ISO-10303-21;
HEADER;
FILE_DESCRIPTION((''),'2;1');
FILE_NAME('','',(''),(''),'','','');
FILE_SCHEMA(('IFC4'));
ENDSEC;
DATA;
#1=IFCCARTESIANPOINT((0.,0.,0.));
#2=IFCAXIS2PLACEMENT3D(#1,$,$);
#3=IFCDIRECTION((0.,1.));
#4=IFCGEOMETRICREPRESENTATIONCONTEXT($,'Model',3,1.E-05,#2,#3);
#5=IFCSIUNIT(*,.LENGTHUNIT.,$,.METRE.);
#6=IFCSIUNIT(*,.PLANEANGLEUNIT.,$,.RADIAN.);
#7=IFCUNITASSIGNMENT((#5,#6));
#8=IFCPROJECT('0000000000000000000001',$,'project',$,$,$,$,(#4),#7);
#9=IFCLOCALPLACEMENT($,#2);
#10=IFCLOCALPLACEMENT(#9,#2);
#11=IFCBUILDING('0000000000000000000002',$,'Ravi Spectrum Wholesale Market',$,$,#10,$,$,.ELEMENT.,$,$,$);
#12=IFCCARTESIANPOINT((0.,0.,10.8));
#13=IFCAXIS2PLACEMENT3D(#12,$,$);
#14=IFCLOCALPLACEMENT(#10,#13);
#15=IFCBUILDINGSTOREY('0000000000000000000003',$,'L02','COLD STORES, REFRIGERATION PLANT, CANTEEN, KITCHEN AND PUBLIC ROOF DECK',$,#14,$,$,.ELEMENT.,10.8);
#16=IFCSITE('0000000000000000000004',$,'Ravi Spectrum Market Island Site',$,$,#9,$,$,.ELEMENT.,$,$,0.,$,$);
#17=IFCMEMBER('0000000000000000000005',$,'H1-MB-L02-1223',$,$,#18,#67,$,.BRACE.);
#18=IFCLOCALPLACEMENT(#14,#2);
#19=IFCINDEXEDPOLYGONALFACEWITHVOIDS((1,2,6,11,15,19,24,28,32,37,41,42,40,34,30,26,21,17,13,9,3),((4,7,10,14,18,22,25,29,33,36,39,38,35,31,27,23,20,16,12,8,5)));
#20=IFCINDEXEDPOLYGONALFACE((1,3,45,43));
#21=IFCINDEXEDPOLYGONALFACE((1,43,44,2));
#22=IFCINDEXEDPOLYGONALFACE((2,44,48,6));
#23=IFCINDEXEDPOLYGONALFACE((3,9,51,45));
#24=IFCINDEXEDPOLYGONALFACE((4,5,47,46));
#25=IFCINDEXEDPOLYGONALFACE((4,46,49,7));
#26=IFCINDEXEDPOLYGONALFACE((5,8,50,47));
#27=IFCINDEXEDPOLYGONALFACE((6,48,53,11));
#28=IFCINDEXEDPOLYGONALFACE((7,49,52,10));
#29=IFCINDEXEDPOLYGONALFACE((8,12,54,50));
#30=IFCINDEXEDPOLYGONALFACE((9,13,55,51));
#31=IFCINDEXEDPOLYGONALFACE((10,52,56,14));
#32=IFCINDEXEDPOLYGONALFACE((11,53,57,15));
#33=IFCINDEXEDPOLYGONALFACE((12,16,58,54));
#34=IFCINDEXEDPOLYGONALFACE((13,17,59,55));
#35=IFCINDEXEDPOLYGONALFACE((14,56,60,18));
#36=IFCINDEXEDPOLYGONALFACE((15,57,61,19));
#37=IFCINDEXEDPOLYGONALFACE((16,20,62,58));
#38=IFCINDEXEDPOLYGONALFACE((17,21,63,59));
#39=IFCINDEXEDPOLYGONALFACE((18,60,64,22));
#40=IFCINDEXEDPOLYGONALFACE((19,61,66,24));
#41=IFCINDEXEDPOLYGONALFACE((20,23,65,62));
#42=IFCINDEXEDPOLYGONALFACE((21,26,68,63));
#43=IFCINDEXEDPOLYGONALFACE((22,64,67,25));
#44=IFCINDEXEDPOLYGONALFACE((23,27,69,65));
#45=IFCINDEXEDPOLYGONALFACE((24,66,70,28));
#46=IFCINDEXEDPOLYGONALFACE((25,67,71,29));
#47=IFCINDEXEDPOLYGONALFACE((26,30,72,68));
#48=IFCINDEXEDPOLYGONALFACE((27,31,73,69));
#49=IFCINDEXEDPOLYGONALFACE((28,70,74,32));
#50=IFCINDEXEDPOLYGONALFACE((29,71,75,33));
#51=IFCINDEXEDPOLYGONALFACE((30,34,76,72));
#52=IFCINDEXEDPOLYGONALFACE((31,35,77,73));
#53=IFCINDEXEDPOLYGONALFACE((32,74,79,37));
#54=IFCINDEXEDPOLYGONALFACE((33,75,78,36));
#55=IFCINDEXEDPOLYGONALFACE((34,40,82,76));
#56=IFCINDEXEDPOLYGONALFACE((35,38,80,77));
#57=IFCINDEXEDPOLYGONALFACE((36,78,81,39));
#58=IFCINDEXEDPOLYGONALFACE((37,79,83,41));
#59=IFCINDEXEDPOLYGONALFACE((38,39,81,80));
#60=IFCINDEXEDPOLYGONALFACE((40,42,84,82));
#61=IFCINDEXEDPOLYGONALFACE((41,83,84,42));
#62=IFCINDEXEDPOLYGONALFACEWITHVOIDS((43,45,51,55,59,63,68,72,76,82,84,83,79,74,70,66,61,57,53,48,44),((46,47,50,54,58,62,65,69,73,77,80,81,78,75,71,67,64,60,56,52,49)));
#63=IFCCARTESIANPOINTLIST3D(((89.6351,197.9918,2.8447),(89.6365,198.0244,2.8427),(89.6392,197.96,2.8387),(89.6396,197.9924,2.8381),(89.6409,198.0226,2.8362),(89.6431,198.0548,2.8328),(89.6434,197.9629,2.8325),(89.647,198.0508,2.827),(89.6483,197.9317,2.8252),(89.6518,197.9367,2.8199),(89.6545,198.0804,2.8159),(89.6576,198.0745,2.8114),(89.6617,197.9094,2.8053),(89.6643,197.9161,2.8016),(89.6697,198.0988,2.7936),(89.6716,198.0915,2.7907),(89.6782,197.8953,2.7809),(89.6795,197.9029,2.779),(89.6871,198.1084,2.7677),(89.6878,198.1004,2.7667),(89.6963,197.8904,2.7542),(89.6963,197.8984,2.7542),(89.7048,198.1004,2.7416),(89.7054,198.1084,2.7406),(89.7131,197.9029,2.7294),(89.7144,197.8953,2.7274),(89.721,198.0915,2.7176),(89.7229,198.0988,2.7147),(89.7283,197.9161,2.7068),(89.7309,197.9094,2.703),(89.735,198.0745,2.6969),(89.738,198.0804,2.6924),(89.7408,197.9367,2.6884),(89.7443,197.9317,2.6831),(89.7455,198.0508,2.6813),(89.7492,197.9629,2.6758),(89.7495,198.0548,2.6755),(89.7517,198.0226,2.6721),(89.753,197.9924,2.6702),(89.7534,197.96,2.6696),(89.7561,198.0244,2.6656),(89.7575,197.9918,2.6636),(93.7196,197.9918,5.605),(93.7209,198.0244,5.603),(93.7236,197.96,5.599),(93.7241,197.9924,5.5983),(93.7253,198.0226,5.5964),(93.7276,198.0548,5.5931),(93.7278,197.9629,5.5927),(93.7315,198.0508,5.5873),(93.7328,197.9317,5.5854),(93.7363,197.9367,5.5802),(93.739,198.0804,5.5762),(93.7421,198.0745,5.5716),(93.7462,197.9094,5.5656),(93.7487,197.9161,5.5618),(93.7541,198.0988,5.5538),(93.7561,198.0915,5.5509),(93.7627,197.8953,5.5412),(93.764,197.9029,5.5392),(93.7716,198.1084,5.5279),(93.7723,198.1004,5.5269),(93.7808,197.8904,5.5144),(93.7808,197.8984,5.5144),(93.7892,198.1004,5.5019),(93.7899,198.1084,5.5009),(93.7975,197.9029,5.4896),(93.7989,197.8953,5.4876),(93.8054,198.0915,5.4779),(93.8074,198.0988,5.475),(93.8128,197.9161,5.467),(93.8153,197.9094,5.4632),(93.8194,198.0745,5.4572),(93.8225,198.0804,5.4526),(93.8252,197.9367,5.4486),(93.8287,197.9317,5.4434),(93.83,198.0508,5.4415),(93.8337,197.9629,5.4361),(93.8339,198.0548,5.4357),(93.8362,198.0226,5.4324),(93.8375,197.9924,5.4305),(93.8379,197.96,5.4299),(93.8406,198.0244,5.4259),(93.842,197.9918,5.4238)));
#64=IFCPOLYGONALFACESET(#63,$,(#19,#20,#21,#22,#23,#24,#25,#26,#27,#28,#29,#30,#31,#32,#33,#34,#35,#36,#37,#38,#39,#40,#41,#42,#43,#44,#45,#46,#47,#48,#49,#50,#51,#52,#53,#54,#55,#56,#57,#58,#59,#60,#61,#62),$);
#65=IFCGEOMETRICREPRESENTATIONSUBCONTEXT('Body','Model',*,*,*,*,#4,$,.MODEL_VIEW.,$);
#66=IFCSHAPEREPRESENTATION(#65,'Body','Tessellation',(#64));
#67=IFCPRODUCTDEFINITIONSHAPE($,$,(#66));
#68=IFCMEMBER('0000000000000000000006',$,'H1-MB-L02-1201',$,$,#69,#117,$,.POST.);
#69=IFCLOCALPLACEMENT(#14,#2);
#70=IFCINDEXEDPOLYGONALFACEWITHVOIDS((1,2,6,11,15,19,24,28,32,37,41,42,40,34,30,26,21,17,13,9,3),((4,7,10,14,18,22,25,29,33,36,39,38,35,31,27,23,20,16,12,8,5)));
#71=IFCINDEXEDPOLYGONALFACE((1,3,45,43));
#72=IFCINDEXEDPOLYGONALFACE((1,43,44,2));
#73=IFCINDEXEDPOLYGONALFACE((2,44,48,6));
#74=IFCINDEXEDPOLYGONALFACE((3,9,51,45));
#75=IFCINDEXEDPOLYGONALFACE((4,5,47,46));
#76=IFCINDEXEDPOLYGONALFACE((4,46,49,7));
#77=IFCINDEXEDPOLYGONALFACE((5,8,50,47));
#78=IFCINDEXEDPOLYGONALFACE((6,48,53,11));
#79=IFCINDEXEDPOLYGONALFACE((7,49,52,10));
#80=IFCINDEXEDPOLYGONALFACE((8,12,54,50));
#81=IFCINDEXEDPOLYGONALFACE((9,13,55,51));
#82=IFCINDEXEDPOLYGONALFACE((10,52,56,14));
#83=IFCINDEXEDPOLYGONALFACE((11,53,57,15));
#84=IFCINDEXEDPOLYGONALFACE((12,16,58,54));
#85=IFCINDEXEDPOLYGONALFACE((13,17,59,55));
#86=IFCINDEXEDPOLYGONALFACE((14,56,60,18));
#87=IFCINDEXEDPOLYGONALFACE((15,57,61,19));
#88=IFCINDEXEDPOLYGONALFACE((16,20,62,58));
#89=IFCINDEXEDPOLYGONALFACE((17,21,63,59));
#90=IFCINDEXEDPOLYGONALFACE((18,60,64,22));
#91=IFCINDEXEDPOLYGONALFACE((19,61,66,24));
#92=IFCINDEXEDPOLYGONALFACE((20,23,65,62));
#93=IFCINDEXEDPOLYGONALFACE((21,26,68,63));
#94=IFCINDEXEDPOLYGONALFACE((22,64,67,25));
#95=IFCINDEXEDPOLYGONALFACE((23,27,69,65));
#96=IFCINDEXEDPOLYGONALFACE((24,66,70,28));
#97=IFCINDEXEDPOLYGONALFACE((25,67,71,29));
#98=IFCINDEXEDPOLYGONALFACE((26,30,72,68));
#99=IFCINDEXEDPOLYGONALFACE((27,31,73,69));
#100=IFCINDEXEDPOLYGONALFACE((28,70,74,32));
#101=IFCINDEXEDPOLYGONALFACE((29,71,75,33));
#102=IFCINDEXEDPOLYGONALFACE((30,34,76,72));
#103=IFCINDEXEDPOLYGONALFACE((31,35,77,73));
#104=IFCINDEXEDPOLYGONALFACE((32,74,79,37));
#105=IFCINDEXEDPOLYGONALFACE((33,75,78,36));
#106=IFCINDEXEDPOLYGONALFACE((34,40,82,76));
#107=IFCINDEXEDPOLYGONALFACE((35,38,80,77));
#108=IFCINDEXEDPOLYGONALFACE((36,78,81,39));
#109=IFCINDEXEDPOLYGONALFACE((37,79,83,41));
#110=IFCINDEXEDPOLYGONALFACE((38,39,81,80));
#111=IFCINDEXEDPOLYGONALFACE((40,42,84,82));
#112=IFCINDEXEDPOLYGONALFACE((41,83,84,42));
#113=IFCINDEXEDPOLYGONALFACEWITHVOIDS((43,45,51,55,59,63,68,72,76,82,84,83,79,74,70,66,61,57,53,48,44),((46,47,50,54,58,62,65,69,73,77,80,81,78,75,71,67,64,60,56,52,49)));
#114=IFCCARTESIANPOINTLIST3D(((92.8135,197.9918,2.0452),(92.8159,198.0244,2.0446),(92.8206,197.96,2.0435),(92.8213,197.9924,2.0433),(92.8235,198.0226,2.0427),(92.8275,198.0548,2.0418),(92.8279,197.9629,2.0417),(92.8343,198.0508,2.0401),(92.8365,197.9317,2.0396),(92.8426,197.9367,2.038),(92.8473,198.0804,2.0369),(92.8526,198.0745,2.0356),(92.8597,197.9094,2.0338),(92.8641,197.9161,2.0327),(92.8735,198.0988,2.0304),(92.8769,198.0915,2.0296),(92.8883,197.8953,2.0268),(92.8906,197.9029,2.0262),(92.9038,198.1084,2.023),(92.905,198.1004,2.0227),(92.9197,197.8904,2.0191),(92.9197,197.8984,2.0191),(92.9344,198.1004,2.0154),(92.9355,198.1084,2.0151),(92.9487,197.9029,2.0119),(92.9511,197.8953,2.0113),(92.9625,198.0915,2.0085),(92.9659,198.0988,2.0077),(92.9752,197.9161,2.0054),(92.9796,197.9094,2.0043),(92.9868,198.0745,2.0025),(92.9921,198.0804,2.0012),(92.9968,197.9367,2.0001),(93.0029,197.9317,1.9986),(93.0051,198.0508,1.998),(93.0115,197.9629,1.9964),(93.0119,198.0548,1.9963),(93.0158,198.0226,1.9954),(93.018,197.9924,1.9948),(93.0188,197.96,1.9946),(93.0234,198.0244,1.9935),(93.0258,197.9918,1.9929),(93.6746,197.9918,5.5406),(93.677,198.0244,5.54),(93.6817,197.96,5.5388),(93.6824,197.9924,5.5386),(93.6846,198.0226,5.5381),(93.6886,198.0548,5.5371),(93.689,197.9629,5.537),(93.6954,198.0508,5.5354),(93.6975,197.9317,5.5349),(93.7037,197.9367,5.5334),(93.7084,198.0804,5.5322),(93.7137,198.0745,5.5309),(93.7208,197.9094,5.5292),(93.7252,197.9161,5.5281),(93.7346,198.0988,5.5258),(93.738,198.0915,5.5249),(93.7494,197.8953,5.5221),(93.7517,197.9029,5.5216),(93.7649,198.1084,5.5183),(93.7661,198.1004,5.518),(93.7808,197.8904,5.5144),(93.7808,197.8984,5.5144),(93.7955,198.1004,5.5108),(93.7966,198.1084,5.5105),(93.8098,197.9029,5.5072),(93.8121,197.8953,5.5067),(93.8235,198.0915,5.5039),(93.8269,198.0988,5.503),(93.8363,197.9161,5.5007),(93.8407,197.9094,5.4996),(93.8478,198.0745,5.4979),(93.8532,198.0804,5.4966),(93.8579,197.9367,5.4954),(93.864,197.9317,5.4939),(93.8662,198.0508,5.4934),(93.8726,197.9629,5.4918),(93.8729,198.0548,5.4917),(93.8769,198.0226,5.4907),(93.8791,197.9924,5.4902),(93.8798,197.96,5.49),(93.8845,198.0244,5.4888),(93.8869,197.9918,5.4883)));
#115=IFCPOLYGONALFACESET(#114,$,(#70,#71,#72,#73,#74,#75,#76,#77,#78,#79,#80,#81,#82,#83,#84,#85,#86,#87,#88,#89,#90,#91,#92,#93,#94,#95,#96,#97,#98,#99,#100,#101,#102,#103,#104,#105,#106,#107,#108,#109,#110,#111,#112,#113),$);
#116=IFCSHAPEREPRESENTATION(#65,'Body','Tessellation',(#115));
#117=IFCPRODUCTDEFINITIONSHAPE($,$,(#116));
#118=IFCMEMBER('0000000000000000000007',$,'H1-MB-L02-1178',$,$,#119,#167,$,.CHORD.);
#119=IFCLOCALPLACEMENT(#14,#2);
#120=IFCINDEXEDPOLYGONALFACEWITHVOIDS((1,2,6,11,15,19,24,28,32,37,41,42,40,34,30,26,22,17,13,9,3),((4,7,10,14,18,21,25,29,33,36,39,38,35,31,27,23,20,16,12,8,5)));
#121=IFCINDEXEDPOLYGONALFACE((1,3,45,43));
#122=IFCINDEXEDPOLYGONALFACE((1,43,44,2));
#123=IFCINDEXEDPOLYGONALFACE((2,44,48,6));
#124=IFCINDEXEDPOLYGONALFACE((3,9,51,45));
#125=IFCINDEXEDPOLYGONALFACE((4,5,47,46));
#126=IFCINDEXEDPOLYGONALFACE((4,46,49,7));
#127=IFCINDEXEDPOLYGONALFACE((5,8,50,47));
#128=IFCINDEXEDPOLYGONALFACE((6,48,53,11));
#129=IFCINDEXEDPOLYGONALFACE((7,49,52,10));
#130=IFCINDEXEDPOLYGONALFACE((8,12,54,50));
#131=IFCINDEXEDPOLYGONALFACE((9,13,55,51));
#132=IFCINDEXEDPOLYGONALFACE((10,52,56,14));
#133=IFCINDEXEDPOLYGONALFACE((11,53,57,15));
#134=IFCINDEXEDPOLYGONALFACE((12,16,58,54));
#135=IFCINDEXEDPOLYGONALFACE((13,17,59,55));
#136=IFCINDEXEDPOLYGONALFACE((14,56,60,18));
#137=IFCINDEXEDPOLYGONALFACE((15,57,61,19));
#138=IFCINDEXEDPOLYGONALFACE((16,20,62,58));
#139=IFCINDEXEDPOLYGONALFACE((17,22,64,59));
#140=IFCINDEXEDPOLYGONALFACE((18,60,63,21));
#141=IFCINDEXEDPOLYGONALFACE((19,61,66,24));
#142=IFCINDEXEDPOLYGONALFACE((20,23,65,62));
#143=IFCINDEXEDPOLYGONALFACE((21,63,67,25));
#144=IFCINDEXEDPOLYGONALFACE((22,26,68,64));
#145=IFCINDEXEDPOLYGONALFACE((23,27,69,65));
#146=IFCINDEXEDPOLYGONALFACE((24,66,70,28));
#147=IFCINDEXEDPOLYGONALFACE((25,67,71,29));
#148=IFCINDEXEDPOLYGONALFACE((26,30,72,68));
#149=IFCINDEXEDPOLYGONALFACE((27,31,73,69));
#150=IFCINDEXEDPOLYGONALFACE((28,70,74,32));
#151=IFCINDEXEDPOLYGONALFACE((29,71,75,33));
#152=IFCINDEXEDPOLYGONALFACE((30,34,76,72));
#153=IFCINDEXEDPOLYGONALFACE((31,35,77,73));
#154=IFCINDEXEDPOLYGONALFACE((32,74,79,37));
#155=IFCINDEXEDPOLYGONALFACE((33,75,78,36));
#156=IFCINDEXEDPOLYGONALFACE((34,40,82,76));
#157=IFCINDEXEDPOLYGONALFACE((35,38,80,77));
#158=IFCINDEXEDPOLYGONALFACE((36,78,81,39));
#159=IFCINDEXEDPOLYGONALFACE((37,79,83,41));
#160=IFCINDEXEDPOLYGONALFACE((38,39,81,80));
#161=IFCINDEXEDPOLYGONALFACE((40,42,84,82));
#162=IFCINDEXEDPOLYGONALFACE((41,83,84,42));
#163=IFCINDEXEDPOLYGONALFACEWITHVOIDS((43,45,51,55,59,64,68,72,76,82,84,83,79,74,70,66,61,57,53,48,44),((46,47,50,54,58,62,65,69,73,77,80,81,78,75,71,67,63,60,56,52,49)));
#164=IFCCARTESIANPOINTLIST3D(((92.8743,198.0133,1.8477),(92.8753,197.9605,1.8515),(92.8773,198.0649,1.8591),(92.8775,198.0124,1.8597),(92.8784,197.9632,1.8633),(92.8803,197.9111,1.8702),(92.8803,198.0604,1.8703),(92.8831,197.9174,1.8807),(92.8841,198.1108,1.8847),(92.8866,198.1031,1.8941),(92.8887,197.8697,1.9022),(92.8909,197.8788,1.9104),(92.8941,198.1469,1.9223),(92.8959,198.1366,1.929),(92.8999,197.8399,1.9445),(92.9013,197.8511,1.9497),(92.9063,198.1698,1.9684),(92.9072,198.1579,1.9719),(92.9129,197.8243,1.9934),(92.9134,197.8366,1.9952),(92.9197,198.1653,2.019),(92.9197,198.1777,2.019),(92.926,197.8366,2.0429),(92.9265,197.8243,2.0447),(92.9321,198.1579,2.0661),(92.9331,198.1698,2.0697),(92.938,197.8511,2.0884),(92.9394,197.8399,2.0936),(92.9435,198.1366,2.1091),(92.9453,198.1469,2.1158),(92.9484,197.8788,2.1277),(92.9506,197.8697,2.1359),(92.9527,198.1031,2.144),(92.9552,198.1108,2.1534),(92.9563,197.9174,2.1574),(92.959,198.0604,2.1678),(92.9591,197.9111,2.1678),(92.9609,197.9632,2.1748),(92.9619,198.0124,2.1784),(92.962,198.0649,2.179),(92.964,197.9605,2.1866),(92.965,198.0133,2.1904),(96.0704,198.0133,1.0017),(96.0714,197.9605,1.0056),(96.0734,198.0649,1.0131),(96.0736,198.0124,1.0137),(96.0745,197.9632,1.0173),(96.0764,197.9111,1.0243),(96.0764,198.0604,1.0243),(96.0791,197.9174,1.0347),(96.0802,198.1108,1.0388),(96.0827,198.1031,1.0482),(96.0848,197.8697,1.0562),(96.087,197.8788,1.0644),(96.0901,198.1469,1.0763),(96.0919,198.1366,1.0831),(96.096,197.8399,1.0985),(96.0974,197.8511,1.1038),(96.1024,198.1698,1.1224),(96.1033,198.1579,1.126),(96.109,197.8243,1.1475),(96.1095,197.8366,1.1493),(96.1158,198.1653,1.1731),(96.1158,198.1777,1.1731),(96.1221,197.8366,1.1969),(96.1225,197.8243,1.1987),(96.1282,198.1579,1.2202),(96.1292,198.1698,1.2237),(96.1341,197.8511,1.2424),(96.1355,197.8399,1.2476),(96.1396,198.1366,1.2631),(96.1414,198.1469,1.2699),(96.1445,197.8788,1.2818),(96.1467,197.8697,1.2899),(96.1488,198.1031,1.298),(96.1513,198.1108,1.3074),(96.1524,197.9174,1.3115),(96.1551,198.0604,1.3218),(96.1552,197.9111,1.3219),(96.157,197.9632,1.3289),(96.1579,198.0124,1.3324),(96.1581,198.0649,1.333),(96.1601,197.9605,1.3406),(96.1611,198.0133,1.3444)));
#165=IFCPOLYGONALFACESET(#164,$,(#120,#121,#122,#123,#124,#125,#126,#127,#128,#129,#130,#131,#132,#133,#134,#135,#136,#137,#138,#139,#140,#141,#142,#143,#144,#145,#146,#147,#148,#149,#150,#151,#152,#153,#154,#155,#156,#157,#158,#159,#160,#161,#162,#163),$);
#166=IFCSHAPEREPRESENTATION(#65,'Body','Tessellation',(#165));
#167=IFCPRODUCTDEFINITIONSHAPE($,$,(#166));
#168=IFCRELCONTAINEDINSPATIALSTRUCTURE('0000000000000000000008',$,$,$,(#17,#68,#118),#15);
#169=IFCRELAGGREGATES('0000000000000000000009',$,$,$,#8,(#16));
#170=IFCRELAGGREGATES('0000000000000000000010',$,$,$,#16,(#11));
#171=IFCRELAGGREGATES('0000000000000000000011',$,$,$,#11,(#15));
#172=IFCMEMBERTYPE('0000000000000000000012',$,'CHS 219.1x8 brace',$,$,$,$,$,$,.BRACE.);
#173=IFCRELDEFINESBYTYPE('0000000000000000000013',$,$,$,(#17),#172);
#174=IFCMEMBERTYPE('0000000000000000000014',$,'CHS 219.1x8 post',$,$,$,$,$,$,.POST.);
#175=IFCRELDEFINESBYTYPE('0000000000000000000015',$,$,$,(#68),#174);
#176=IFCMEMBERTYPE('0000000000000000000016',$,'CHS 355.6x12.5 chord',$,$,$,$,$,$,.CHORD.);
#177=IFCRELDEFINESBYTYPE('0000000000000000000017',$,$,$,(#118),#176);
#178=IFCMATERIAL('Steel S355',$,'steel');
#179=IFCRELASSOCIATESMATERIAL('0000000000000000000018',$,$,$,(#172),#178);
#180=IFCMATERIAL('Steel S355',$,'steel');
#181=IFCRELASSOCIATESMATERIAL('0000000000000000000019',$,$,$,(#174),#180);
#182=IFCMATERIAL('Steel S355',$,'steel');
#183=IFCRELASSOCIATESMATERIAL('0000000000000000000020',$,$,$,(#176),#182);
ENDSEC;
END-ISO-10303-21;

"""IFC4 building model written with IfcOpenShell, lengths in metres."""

from ifc_helpers import new_model, si_unit, direction, frame, origin, origin_2d, place, context, subcontext, project, spatial, hollow_circle, extrude, material, material_profile, profile_set, type_object, element, save


model = new_model("IFC4")

# Units and contexts
model_context = context("Model", 3, precision=1e-05, world=origin(), true_north=direction((0.0, 1.0)))
body_context = subcontext(model_context, "Body", "Model", "MODEL_VIEW")
ifc_project = project(units=[si_unit("LENGTHUNIT", "METRE"), si_unit("PLANEANGLEUNIT", "RADIAN")], contexts=[model_context])

# Site, building, storey
site_placement = place(None, origin())
site = spatial("IfcSite", under=ifc_project, at=site_placement, Name="Ravi Spectrum Market Island Site", CompositionType="ELEMENT", RefElevation=0.0)
building_placement = place(site_placement, origin())
building = spatial("IfcBuilding", under=site, at=building_placement, Name="Ravi Spectrum Wholesale Market", CompositionType="ELEMENT")
storey_placement = place(building_placement, frame((0.0, 0.0, 10.8)))
storey = spatial("IfcBuildingStorey", under=building, at=storey_placement, Name="L02", Description="COLD STORES, REFRIGERATION PLANT, CANTEEN, KITCHEN AND PUBLIC ROOF DECK", CompositionType="ELEMENT", Elevation=10.8)

# Members
ifc_material_1 = material(Name="Steel S355", Category="steel")
ifc_material_profile_1 = material_profile(ifc_material_1, hollow_circle(Radius=0.1096, WallThickness=0.0081, at=origin_2d()))
ifc_profile_set_1 = profile_set([ifc_material_profile_1], Name="Steel S355")
member_type_1 = type_object("IfcMemberType", Name="CHS 219.1x8 brace", PredefinedType="BRACE", material=ifc_profile_set_1)
member_1_placement = place(storey_placement, frame((93.7808, 198.0, 5.5144), z_axis=(-0.828544, 0.0, -0.559924), x_axis=(0.0, -1.0, 0.0)))
element("IfcMember", 1, at=member_1_placement, inside=storey, type_object=member_type_1, Name="H1-MB-L02-1223", PredefinedType="BRACE", context=body_context, shape_type="SweptSolid", body=[
    extrude(hollow_circle(Radius=0.1096, WallThickness=0.0081, at=origin_2d()), origin(), (0.0, 0.0, 1.0), 4.9297),
])
ifc_material_2 = material(Name="Steel S355", Category="steel")
ifc_material_profile_2 = material_profile(ifc_material_2, hollow_circle(Radius=0.1096, WallThickness=0.0081, at=origin_2d()))
ifc_profile_set_2 = profile_set([ifc_material_profile_2], Name="Steel S355")
member_type_2 = type_object("IfcMemberType", Name="CHS 219.1x8 post", PredefinedType="POST", material=ifc_profile_set_2)
member_2_placement = place(storey_placement, frame((93.7808, 198.0, 5.5144), z_axis=(-0.239199, 0.0, -0.970971), x_axis=(0.0, -1.0, 0.0)))
element("IfcMember", 2, at=member_2_placement, inside=storey, type_object=member_type_2, Name="H1-MB-L02-1201", PredefinedType="POST", context=body_context, shape_type="SweptSolid", body=[
    extrude(hollow_circle(Radius=0.1096, WallThickness=0.0081, at=origin_2d()), origin(), (0.0, 0.0, 1.0), 3.5999),
])
ifc_material_3 = material(Name="Steel S355", Category="steel")
ifc_material_profile_3 = material_profile(ifc_material_3, hollow_circle(Radius=0.1777, WallThickness=0.0125, at=origin_2d()))
ifc_profile_set_3 = profile_set([ifc_material_profile_3], Name="Steel S355")
member_type_3 = type_object("IfcMemberType", Name="CHS 355.6x12.5 chord", PredefinedType="CHORD", material=ifc_profile_set_3)
for number, where, z_axis, x_axis, name in (
    (3, (92.9197, 198.0, 2.019), (0.96671, 0.0, -0.255874), (0.0, 1.0, 0.0), "H1-MB-L02-1178"),
):
    element("IfcMember", number, at=place(storey_placement, frame(where, z_axis=z_axis, x_axis=x_axis)), inside=storey, type_object=member_type_3, Name=name, PredefinedType="CHORD", context=body_context, shape_type="SweptSolid", body=[
        extrude(hollow_circle(Radius=0.1777, WallThickness=0.0125, at=origin_2d()), origin(), (0.0, 0.0, 1.0), 3.3062),
    ])

save(model, "model.ifc")
